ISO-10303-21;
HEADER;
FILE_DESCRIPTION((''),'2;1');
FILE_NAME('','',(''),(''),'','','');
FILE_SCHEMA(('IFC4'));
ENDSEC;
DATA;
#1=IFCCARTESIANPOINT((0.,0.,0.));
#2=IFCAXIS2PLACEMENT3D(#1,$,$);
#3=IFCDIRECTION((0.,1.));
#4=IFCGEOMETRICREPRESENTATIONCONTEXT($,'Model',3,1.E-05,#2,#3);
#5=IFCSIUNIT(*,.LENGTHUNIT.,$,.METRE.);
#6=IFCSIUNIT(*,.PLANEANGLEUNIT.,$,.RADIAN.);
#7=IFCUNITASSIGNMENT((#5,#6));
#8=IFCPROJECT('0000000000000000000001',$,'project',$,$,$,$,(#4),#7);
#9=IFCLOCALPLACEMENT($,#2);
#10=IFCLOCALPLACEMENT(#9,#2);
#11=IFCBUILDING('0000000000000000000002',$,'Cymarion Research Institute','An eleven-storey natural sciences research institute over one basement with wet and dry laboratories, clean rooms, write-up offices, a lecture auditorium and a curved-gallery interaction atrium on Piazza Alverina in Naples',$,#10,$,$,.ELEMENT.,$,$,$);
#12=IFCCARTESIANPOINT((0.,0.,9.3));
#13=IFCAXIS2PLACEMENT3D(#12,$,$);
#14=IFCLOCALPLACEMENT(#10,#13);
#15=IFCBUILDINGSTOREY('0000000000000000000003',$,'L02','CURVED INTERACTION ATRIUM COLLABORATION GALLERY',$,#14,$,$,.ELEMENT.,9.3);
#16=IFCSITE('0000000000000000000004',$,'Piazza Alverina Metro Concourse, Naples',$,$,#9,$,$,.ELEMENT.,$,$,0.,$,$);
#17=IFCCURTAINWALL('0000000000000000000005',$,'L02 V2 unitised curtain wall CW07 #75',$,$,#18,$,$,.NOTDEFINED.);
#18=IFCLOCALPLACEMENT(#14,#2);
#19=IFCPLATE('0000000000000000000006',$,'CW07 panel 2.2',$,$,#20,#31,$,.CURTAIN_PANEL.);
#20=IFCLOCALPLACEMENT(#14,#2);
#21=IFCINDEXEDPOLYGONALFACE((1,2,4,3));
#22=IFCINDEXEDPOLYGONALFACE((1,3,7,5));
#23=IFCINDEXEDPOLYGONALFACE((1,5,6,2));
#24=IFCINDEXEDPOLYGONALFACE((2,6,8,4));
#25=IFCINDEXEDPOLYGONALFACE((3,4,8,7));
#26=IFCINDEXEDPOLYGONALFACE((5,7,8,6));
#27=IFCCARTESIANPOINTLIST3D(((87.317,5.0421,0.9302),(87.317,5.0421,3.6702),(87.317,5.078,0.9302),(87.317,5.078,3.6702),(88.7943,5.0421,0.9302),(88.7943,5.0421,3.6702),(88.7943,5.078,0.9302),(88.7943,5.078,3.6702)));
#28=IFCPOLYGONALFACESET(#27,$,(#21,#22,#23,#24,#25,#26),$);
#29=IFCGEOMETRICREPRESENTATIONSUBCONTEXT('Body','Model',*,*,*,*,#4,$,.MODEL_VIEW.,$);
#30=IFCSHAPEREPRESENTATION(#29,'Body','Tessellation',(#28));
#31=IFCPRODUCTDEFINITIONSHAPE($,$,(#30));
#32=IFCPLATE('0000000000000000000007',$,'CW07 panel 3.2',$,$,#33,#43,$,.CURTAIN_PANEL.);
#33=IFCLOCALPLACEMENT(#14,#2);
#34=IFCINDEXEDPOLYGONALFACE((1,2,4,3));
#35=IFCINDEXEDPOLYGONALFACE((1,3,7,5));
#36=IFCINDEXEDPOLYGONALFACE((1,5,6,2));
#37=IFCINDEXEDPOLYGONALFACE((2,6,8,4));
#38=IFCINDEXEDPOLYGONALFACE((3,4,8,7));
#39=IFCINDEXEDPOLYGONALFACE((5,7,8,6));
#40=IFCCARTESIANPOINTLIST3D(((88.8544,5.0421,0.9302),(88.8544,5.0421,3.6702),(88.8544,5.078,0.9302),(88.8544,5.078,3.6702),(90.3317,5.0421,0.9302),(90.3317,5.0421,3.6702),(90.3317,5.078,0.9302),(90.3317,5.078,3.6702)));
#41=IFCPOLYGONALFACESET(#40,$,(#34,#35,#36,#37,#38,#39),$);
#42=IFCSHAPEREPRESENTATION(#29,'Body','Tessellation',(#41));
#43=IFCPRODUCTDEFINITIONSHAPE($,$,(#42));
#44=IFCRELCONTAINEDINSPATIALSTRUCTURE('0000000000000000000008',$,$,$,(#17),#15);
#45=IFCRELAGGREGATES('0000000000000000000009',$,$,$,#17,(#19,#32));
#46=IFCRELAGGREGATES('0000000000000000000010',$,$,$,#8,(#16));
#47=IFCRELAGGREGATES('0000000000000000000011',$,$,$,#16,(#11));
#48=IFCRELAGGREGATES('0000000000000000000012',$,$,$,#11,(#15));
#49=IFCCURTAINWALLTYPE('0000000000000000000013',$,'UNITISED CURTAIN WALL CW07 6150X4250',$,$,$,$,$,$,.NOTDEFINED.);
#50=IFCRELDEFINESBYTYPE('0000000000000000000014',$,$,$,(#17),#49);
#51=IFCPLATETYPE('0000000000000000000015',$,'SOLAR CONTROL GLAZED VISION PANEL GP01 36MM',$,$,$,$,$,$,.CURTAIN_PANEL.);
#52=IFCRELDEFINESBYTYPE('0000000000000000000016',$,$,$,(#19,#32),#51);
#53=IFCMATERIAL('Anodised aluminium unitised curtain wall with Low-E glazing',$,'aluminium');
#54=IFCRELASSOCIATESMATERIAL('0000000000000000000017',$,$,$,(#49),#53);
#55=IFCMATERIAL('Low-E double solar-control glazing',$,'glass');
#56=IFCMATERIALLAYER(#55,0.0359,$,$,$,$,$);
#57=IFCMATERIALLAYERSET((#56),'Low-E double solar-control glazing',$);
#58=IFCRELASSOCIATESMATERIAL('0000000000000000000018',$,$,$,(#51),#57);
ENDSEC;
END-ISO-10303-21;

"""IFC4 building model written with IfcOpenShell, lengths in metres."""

from ifc_helpers import new_model, si_unit, direction, frame, origin, origin_2d, place, context, subcontext, project, spatial, rectangle, extrude, material, layer, layer_set, type_object, element, aggregate, save


model = new_model("IFC4")

# Units and contexts
model_context = context("Model", 3, precision=1e-05, world=origin(), true_north=direction((0.0, 1.0)))
body_context = subcontext(model_context, "Body", "Model", "MODEL_VIEW")
ifc_project = project(units=[si_unit("LENGTHUNIT", "METRE"), si_unit("PLANEANGLEUNIT", "RADIAN")], contexts=[model_context])

# Site, building, storey
site_placement = place(None, origin())
site = spatial("IfcSite", under=ifc_project, at=site_placement, Name="Piazza Alverina Metro Concourse, Naples", CompositionType="ELEMENT", RefElevation=0.0)
building_placement = place(site_placement, origin())
building = spatial("IfcBuilding", under=site, at=building_placement, Name="Cymarion Research Institute", Description="An eleven-storey natural sciences research institute over one basement with wet and dry laboratories, clean rooms, write-up offices, a lecture auditorium and a curved-gallery interaction atrium on Piazza Alverina in Naples", CompositionType="ELEMENT")
storey_placement = place(building_placement, frame((0.0, 0.0, 9.3)))
storey = spatial("IfcBuildingStorey", under=building, at=storey_placement, Name="L02", Description="CURVED INTERACTION ATRIUM COLLABORATION GALLERY", CompositionType="ELEMENT", Elevation=9.3)

# Curtain wall
ifc_material_1 = material(Name="Anodised aluminium unitised curtain wall with Low-E glazing", Category="aluminium")
curtain_wall_type = type_object("IfcCurtainWallType", Name="UNITISED CURTAIN WALL CW07 6150X4250", PredefinedType="NOTDEFINED", material=ifc_material_1)
curtain_wall_placement = place(storey_placement, origin())
curtain_wall = element("IfcCurtainWall", 1, at=curtain_wall_placement, inside=storey, type_object=curtain_wall_type, Name="L02 V2 unitised curtain wall CW07 #75", PredefinedType="NOTDEFINED")

# Plates
ifc_material_2 = material(Name="Low-E double solar-control glazing", Category="glass")
ifc_layer_1 = layer(ifc_material_2, 0.0359)
ifc_layer_set_1 = layer_set([ifc_layer_1], Name="Low-E double solar-control glazing")
plate_type_1 = type_object("IfcPlateType", Name="SOLAR CONTROL GLAZED VISION PANEL GP01 36MM", PredefinedType="CURTAIN_PANEL", material=ifc_layer_set_1)
plate_1_placement = place(storey_placement, frame((88.0557, 5.0601, 0.9302), z_axis=(0.0, 0.0, 1.0), x_axis=(1.0, 0.0, 0.0)))
plate_1 = element("IfcPlate", 2, at=plate_1_placement, type_object=plate_type_1, Name="CW07 panel 2.2", PredefinedType="CURTAIN_PANEL", context=body_context, shape_type="SweptSolid", body=[
    extrude(rectangle(XDim=1.4773, YDim=0.0359, at=origin_2d()), origin(), (0.0, 0.0, 1.0), 2.74),
])
plate_2_placement = place(storey_placement, frame((89.593, 5.0601, 0.9302), z_axis=(0.0, 0.0, 1.0), x_axis=(1.0, 0.0, 0.0)))
plate_2 = element("IfcPlate", 3, at=plate_2_placement, type_object=plate_type_1, Name="CW07 panel 3.2", PredefinedType="CURTAIN_PANEL", context=body_context, shape_type="SweptSolid", body=[
    extrude(rectangle(XDim=1.4773, YDim=0.0359, at=origin_2d()), origin(), (0.0, 0.0, 1.0), 2.74),
])
aggregate(curtain_wall, [plate_1, plate_2])

save(model, "model.ifc")
